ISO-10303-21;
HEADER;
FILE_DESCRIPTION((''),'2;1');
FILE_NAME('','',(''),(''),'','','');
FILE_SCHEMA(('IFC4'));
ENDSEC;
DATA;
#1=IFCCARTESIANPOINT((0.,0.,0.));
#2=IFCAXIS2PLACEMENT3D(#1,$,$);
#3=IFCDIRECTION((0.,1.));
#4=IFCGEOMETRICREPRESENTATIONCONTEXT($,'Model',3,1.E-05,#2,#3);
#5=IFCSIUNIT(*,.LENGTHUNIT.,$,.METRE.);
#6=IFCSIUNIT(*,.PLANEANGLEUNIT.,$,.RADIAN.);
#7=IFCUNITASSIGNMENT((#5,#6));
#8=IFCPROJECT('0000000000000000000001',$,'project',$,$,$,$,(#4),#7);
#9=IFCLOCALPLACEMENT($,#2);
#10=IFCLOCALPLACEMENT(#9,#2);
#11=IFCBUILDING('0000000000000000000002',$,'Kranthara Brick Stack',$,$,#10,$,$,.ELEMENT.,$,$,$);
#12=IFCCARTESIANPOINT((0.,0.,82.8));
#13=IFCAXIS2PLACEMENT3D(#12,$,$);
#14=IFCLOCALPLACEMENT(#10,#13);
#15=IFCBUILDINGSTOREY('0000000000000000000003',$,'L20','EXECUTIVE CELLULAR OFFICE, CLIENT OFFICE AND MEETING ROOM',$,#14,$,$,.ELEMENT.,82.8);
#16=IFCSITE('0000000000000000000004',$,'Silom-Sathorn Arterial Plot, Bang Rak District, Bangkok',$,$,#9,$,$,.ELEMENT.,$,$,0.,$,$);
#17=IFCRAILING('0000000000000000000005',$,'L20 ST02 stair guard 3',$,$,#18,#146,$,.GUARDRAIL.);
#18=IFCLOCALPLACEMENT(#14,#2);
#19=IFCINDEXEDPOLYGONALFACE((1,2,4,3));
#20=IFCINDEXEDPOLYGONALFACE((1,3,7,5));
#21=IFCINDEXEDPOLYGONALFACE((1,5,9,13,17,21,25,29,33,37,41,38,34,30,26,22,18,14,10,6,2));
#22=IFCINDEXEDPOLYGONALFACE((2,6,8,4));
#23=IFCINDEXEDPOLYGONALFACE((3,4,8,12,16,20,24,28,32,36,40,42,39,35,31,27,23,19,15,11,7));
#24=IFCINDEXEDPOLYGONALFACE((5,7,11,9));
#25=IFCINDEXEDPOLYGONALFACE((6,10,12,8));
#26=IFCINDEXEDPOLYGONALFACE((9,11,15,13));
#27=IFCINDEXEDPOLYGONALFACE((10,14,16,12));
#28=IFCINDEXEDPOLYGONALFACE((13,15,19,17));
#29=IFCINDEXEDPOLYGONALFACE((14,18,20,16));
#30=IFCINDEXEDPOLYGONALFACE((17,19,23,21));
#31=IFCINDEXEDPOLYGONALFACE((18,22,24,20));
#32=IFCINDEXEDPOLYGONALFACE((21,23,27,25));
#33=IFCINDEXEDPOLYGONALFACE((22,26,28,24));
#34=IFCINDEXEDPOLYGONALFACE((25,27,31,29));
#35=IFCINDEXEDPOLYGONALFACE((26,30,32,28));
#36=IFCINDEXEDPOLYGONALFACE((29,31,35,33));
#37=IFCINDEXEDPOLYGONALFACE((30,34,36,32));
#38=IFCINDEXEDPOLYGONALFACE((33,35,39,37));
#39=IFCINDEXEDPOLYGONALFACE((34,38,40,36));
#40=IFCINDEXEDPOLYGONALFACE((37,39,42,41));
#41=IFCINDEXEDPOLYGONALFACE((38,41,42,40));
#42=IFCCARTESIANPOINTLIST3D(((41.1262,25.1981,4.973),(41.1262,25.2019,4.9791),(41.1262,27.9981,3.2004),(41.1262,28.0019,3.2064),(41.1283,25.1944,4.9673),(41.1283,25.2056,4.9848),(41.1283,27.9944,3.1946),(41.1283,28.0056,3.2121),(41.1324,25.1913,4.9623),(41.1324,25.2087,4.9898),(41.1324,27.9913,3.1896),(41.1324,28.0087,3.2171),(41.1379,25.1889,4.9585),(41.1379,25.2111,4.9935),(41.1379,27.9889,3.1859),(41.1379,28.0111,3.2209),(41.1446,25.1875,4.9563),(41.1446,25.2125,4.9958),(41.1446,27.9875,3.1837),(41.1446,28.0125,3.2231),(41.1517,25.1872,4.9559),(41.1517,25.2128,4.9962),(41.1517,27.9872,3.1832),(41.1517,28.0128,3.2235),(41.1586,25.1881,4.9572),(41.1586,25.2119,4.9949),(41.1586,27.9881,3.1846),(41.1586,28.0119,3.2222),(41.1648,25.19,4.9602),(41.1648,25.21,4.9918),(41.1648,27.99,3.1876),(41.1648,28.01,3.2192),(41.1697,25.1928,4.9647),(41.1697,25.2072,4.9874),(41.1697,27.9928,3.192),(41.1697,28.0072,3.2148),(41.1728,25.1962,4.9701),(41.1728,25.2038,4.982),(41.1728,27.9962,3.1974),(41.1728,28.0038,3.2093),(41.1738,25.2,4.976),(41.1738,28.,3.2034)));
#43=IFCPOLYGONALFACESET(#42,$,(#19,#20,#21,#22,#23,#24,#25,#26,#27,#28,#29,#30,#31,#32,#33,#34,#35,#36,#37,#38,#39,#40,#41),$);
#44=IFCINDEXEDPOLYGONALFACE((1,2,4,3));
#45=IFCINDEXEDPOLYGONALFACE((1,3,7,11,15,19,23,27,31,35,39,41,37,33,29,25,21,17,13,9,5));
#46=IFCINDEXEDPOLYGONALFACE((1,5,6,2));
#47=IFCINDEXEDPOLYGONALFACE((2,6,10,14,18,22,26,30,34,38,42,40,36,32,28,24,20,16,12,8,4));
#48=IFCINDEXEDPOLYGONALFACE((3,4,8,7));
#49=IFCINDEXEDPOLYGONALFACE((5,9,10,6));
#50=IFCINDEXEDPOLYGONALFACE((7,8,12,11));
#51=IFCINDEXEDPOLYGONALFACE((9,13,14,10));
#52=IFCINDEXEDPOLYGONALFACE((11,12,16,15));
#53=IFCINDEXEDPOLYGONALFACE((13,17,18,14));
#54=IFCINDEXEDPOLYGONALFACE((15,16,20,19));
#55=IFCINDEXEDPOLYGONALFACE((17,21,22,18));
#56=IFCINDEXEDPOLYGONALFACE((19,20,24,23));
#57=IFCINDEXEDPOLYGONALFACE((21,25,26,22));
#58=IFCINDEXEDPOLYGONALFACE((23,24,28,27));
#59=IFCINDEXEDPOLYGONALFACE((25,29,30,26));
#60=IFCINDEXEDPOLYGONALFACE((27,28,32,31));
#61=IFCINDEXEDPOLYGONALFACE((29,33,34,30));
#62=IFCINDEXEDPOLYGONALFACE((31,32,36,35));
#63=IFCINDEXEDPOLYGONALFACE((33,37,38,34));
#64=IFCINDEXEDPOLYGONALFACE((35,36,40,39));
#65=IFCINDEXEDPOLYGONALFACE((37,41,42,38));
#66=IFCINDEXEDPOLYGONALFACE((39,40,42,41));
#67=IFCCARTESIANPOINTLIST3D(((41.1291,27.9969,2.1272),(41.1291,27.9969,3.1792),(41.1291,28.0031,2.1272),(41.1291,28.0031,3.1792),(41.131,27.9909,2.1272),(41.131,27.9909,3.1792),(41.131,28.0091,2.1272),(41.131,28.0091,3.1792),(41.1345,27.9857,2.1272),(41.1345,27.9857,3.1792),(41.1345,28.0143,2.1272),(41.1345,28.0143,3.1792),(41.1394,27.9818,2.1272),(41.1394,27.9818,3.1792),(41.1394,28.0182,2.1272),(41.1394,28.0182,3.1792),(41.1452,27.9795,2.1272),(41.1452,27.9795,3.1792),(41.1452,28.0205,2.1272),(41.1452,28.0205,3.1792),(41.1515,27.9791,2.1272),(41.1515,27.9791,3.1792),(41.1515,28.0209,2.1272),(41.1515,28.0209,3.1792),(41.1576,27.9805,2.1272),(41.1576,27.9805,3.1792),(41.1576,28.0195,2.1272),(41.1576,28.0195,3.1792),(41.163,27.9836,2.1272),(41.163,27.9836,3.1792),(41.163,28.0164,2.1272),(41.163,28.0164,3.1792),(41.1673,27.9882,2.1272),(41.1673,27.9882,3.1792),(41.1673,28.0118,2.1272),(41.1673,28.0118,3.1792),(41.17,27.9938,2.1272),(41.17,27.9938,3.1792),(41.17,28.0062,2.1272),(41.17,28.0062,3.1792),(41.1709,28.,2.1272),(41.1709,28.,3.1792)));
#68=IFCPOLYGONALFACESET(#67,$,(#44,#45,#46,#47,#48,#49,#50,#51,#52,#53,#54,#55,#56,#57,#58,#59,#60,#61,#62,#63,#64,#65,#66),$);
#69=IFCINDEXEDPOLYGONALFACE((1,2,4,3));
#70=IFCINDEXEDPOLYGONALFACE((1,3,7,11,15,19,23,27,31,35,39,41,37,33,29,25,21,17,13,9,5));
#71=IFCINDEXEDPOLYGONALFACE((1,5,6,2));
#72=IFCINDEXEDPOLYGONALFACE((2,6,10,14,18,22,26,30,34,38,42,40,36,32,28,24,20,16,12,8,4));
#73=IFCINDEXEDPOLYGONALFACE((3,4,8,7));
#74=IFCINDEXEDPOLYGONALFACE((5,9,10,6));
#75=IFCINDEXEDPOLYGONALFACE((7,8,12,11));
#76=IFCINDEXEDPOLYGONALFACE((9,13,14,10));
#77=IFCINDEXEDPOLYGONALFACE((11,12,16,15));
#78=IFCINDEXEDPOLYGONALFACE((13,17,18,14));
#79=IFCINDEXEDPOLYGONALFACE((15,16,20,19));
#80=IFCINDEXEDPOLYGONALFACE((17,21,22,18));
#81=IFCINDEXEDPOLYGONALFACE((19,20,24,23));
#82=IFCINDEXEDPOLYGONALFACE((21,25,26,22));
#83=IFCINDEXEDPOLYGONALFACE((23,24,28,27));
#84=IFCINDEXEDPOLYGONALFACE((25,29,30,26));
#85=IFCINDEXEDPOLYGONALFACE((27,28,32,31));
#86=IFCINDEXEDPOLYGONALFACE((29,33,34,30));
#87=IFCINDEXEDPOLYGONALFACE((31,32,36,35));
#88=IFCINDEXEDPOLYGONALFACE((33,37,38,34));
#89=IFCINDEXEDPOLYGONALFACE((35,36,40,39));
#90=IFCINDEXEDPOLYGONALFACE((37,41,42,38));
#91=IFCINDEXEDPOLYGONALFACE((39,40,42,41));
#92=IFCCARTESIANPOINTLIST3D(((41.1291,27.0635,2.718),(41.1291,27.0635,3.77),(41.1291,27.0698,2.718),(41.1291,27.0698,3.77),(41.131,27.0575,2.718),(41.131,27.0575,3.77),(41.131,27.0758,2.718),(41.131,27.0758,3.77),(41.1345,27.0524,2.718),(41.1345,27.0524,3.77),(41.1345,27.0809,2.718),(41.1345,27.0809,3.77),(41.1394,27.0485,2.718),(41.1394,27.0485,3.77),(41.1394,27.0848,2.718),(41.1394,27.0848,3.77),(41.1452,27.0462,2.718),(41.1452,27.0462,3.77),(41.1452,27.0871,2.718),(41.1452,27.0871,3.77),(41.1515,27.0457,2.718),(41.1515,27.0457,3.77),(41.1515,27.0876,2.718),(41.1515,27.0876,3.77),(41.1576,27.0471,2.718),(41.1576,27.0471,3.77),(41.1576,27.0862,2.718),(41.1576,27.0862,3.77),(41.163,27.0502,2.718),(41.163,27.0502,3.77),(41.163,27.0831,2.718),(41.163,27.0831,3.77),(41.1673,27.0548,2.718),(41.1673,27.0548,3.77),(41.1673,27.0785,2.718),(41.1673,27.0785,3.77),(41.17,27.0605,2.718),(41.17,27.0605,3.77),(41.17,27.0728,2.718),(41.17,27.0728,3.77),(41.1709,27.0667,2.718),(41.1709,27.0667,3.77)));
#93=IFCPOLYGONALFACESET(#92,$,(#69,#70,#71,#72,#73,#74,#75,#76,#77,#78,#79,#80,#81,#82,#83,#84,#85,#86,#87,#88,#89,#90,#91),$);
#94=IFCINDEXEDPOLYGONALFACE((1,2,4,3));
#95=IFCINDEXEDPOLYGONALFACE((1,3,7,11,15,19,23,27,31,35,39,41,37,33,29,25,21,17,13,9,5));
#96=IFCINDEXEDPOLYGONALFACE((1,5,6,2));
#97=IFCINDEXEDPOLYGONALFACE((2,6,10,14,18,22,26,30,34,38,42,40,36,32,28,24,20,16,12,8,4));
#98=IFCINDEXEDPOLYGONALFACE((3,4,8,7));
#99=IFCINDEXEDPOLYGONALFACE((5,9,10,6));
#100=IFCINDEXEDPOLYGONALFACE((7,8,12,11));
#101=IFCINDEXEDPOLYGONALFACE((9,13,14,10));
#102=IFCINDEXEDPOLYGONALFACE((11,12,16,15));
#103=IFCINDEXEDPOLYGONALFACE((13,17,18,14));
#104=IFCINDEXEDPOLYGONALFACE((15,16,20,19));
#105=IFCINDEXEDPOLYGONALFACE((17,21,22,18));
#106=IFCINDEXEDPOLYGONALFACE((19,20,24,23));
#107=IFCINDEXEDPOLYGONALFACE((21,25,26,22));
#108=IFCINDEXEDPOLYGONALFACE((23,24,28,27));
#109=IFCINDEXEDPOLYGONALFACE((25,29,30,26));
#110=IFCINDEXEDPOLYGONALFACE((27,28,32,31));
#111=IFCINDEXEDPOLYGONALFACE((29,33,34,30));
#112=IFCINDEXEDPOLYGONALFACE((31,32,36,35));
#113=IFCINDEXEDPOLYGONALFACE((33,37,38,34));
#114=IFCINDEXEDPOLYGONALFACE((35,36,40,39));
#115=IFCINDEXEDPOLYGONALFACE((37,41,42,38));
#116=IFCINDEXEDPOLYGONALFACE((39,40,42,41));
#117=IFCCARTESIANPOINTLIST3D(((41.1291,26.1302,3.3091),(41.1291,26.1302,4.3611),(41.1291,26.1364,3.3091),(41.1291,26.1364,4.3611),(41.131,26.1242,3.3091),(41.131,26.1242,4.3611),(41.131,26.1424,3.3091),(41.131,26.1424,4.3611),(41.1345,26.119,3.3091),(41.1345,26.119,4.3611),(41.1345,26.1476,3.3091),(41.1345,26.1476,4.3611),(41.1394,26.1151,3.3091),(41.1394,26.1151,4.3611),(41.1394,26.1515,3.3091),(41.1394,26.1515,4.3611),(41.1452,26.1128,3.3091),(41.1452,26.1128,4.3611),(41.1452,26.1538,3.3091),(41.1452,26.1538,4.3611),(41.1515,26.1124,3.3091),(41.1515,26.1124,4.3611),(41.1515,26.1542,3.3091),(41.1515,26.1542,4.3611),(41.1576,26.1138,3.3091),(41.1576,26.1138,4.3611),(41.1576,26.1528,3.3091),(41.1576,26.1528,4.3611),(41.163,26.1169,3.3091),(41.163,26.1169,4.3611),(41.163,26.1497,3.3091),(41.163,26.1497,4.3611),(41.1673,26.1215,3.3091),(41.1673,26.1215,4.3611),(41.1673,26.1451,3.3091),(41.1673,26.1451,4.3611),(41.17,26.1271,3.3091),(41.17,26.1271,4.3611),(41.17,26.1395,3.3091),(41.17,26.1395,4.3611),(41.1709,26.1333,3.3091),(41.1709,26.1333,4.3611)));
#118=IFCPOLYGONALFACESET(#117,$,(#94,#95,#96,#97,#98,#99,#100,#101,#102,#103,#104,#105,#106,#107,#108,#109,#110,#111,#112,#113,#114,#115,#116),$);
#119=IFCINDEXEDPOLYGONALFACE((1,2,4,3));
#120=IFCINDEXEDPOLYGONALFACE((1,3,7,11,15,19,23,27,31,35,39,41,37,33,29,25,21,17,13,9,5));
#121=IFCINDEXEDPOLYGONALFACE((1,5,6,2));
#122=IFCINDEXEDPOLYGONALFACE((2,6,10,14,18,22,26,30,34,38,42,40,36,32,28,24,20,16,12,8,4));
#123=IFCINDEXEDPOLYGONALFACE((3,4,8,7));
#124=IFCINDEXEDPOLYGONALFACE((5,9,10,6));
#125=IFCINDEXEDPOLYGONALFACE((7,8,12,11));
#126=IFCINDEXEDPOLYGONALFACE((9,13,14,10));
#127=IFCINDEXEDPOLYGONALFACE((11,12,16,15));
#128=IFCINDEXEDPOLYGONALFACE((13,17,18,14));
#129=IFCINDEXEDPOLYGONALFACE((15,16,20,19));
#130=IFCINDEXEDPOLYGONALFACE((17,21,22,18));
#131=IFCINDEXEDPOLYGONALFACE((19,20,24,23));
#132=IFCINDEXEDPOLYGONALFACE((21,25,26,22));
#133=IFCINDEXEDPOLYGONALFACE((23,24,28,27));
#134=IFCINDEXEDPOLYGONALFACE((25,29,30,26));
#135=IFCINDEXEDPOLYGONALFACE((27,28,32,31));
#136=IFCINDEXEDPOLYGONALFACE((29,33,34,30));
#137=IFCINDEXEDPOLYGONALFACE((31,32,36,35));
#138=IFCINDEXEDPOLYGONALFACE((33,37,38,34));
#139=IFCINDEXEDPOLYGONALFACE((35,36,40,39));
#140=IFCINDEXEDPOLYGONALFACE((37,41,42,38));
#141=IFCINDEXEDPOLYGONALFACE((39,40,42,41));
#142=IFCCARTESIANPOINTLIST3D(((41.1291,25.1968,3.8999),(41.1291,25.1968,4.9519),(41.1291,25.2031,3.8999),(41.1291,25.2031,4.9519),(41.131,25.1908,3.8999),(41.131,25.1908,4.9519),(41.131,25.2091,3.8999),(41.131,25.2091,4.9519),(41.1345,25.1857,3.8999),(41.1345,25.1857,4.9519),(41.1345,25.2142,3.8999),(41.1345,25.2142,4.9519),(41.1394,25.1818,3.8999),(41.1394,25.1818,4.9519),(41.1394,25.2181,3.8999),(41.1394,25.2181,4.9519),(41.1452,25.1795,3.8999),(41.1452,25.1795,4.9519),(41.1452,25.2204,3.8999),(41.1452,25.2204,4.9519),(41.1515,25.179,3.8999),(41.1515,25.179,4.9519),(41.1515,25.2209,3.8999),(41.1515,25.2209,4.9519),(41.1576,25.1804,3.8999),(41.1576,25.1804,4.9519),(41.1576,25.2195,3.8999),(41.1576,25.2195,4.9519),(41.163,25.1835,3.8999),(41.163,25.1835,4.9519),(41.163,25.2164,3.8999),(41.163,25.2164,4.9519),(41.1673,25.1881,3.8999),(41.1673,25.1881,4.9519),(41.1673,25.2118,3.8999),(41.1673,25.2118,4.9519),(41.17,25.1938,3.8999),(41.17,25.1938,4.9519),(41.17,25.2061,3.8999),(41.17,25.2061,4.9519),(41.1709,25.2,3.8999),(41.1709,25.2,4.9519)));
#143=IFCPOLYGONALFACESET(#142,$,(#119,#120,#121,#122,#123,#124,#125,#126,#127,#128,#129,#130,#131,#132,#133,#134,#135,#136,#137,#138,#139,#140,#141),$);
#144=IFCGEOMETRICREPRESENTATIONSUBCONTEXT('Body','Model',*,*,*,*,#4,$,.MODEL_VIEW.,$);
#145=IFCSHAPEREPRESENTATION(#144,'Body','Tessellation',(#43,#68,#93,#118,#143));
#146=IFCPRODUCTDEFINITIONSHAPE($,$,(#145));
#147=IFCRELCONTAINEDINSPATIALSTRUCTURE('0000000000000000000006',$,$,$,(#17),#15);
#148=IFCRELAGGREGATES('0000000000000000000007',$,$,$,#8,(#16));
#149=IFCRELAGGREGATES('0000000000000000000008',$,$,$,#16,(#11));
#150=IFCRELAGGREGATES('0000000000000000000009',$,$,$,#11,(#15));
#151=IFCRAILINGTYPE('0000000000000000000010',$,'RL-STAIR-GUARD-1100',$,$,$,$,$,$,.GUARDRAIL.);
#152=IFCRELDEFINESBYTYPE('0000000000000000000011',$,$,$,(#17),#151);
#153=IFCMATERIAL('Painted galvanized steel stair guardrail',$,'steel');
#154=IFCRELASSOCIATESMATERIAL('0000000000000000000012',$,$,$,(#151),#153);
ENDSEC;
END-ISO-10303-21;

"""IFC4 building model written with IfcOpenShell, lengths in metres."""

from ifc_helpers import new_model, si_unit, direction, frame, origin, origin_2d, place, context, subcontext, project, spatial, circle, extrude, material, type_object, element, save


model = new_model("IFC4")

# Units and contexts
model_context = context("Model", 3, precision=1e-05, world=origin(), true_north=direction((0.0, 1.0)))
body_context = subcontext(model_context, "Body", "Model", "MODEL_VIEW")
ifc_project = project(units=[si_unit("LENGTHUNIT", "METRE"), si_unit("PLANEANGLEUNIT", "RADIAN")], contexts=[model_context])

# Site, building, storey
site_placement = place(None, origin())
site = spatial("IfcSite", under=ifc_project, at=site_placement, Name="Silom-Sathorn Arterial Plot, Bang Rak District, Bangkok", CompositionType="ELEMENT", RefElevation=0.0)
building_placement = place(site_placement, origin())
building = spatial("IfcBuilding", under=site, at=building_placement, Name="Kranthara Brick Stack", CompositionType="ELEMENT")
storey_placement = place(building_placement, frame((0.0, 0.0, 82.8)))
storey = spatial("IfcBuildingStorey", under=building, at=storey_placement, Name="L20", Description="EXECUTIVE CELLULAR OFFICE, CLIENT OFFICE AND MEETING ROOM", CompositionType="ELEMENT", Elevation=82.8)

# Railing
ifc_material_1 = material(Name="Painted galvanized steel stair guardrail", Category="steel")
railing_type_1 = type_object("IfcRailingType", Name="RL-STAIR-GUARD-1100", PredefinedType="GUARDRAIL", material=ifc_material_1)
railing_1_placement = place(storey_placement, frame((41.1499, 28.0, 2.1272)))
element("IfcRailing", 1, at=railing_1_placement, inside=storey, type_object=railing_type_1, Name="L20 ST02 stair guard 3", PredefinedType="GUARDRAIL", context=body_context, shape_type="SweptSolid", body=[
    extrude(circle(Radius=0.0239, at=origin_2d()), frame((0.0, 0.0, 1.0762), z_axis=(0.0, -0.844909, 0.53491), x_axis=(1.0, 0.0, 0.0)), (0.0, 0.0, 1.0), 3.314),
    extrude(circle(Radius=0.021, at=origin_2d()), origin(), (0.0, 0.0, 1.0), 1.052),
    extrude(circle(Radius=0.021, at=origin_2d()), frame((0.0, -0.9333, 0.5908)), (0.0, 0.0, 1.0), 1.052),
    extrude(circle(Radius=0.021, at=origin_2d()), frame((0.0, -1.8667, 1.1819)), (0.0, 0.0, 1.0), 1.052),
    extrude(circle(Radius=0.021, at=origin_2d()), frame((0.0, -2.8, 1.7727)), (0.0, 0.0, 1.0), 1.052),
])

save(model, "model.ifc")
